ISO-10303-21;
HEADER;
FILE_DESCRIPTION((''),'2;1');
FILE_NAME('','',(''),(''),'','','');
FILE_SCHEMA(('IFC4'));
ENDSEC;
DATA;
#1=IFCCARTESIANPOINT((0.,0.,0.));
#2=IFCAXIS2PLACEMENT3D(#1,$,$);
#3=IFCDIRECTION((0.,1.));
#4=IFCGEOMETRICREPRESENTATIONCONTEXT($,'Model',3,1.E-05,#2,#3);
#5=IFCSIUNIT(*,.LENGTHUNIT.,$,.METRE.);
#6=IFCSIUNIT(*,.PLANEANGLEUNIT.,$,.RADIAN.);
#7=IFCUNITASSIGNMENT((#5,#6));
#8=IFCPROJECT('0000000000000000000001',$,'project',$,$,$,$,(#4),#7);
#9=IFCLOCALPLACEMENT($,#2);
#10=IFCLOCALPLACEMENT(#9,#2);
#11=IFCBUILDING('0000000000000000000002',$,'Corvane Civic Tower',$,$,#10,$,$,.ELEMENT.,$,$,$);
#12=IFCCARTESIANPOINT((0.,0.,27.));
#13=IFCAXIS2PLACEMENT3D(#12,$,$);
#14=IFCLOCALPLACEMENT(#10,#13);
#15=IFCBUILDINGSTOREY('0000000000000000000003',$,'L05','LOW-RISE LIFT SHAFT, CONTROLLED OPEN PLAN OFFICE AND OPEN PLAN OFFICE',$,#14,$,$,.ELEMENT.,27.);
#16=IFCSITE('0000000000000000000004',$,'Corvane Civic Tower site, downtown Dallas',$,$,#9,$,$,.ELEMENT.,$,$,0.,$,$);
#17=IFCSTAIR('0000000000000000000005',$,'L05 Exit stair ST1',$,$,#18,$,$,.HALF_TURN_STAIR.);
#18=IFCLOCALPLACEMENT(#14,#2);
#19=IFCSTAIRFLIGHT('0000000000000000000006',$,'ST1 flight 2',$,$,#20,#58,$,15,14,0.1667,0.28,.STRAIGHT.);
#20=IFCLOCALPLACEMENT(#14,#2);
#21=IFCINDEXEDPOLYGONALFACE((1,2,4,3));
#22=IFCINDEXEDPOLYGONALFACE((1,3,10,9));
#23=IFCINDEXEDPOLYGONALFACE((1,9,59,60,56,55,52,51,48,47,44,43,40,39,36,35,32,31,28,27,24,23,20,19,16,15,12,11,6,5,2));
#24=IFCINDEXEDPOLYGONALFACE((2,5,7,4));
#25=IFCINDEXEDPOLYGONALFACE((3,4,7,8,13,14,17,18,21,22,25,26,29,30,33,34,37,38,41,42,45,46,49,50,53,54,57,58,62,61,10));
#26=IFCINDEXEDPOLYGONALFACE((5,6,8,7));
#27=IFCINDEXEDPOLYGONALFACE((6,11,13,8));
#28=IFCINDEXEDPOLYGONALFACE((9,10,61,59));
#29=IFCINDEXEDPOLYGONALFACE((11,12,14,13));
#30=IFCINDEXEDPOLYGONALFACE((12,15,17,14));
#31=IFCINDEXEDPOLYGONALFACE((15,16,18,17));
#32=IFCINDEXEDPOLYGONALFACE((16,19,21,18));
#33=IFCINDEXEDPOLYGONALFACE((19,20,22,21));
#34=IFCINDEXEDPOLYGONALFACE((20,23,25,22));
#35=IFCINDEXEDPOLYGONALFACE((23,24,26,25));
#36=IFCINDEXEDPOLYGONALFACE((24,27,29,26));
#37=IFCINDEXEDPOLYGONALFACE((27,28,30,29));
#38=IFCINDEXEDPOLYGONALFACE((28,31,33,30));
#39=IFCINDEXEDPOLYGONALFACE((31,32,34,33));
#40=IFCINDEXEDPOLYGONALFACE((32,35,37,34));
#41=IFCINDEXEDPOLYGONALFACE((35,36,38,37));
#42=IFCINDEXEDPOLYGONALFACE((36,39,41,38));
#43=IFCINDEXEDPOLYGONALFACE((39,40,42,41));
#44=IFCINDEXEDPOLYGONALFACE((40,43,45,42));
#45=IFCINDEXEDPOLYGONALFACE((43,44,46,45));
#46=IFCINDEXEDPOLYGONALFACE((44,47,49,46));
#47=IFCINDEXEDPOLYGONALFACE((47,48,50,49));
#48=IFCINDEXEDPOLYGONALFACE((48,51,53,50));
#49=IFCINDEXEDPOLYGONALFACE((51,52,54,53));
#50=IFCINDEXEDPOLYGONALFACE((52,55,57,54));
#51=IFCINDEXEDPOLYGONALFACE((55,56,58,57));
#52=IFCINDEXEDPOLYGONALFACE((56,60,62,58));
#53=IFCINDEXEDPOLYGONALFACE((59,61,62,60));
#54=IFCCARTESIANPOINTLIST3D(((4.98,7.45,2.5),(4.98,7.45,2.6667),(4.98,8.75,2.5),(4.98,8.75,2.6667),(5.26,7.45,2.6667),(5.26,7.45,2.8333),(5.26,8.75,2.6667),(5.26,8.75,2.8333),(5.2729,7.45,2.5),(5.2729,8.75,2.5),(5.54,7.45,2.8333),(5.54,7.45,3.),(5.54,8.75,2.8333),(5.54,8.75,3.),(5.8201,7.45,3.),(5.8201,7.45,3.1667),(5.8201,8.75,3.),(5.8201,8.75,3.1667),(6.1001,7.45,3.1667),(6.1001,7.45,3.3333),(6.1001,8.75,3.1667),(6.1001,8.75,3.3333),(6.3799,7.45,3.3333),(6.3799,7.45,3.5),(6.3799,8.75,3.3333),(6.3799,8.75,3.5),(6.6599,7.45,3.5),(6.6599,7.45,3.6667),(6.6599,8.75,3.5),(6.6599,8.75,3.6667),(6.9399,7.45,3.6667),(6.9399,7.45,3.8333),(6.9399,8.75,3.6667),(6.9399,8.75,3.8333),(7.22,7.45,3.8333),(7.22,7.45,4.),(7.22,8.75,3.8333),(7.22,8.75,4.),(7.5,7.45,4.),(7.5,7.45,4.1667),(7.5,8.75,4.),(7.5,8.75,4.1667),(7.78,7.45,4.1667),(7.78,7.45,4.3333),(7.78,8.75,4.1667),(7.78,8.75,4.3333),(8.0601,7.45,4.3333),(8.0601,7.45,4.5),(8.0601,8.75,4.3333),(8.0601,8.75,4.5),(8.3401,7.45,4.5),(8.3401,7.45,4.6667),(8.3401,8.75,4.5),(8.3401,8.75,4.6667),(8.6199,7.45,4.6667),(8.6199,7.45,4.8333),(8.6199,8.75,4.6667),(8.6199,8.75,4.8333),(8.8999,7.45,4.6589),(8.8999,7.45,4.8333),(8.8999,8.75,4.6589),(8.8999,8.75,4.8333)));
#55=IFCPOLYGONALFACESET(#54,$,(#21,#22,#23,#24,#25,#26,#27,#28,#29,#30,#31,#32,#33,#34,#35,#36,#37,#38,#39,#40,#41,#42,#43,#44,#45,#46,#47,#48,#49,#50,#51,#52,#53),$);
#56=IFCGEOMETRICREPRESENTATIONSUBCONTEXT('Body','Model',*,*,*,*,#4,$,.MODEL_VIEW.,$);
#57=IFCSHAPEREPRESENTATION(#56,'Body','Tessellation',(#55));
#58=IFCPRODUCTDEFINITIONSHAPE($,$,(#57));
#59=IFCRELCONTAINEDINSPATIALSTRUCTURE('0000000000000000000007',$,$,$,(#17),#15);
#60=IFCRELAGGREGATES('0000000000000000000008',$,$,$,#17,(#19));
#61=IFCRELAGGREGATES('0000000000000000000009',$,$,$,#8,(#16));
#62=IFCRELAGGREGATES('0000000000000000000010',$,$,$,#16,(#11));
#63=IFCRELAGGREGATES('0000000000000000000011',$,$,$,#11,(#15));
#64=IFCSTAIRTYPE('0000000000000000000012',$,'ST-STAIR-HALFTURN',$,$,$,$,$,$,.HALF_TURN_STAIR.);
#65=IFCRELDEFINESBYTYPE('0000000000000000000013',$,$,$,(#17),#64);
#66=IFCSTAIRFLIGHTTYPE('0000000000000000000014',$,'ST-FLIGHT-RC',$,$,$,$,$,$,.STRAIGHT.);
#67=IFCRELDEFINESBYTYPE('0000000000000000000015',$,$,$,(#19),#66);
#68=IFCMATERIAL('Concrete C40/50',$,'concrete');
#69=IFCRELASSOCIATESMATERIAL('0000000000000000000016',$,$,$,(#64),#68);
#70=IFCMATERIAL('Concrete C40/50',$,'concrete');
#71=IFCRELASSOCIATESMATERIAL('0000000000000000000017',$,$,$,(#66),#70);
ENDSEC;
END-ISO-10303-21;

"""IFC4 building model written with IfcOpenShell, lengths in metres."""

from ifc_helpers import new_model, si_unit, direction, frame, origin, place, context, subcontext, project, spatial, polyline, outline, extrude, material, type_object, element, aggregate, save


model = new_model("IFC4")

# Units and contexts
model_context = context("Model", 3, precision=1e-05, world=origin(), true_north=direction((0.0, 1.0)))
body_context = subcontext(model_context, "Body", "Model", "MODEL_VIEW")
ifc_project = project(units=[si_unit("LENGTHUNIT", "METRE"), si_unit("PLANEANGLEUNIT", "RADIAN")], contexts=[model_context])

# Site, building, storey
site_placement = place(None, origin())
site = spatial("IfcSite", under=ifc_project, at=site_placement, Name="Corvane Civic Tower site, downtown Dallas", CompositionType="ELEMENT", RefElevation=0.0)
building_placement = place(site_placement, origin())
building = spatial("IfcBuilding", under=site, at=building_placement, Name="Corvane Civic Tower", CompositionType="ELEMENT")
storey_placement = place(building_placement, frame((0.0, 0.0, 27.0)))
storey = spatial("IfcBuildingStorey", under=building, at=storey_placement, Name="L05", Description="LOW-RISE LIFT SHAFT, CONTROLLED OPEN PLAN OFFICE AND OPEN PLAN OFFICE", CompositionType="ELEMENT", Elevation=27.0)

# Stair, stair flight
ifc_material_1 = material(Name="Concrete C40/50", Category="concrete")
stair_type = type_object("IfcStairType", Name="ST-STAIR-HALFTURN", PredefinedType="HALF_TURN_STAIR", material=ifc_material_1)
stair_placement = place(storey_placement, origin())
stair = element("IfcStair", 1, at=stair_placement, inside=storey, type_object=stair_type, Name="L05 Exit stair ST1", PredefinedType="HALF_TURN_STAIR")
ifc_material_2 = material(Name="Concrete C40/50", Category="concrete")
stair_flight_type = type_object("IfcStairFlightType", Name="ST-FLIGHT-RC", PredefinedType="STRAIGHT", material=ifc_material_2)
stair_flight_1_placement = place(storey_placement, frame((4.98, 8.1001, 2.5), z_axis=(0.0, 0.0, 1.0), x_axis=(1.0, 0.0, 0.0)))
stair_flight_1 = element("IfcStairFlight", 2, at=stair_flight_1_placement, type_object=stair_flight_type, Name="ST1 flight 2", NumberOfRisers=15, NumberOfTreads=14, PredefinedType="STRAIGHT", RiserHeight=0.1667, TreadLength=0.28, context=body_context, shape_type="SweptSolid", body=[
    extrude(outline(polyline([(0.0, 0.0), (0.0, 0.1667), (0.28, 0.1667), (0.28, 0.3333), (0.5601, 0.3333), (0.5601, 0.5), (0.8401, 0.5), (0.8401, 0.6667), (1.1201, 0.6667), (1.1201, 0.8333), (1.3999, 0.8333), (1.3999, 1.0), (1.6799, 1.0), (1.6799, 1.1667), (1.96, 1.1667), (1.96, 1.3333), (2.24, 1.3333), (2.24, 1.5), (2.52, 1.5), (2.52, 1.6667), (2.8, 1.6667), (2.8, 1.8333), (3.0801, 1.8333), (3.0801, 2.0), (3.3601, 2.0), (3.3601, 2.1667), (3.6399, 2.1667), (3.6399, 2.3333), (3.9199, 2.3333), (3.9199, 2.5), (3.9199, 2.1589), (0.293, 0.0), (0.0, 0.0)])), frame((0.0, 0.6499, 0.0), z_axis=(0.0, -1.0, 0.0), x_axis=(1.0, 0.0, 0.0)), (0.0, 0.0, 1.0), 1.3),
])
aggregate(stair, [stair_flight_1])

save(model, "model.ifc")
